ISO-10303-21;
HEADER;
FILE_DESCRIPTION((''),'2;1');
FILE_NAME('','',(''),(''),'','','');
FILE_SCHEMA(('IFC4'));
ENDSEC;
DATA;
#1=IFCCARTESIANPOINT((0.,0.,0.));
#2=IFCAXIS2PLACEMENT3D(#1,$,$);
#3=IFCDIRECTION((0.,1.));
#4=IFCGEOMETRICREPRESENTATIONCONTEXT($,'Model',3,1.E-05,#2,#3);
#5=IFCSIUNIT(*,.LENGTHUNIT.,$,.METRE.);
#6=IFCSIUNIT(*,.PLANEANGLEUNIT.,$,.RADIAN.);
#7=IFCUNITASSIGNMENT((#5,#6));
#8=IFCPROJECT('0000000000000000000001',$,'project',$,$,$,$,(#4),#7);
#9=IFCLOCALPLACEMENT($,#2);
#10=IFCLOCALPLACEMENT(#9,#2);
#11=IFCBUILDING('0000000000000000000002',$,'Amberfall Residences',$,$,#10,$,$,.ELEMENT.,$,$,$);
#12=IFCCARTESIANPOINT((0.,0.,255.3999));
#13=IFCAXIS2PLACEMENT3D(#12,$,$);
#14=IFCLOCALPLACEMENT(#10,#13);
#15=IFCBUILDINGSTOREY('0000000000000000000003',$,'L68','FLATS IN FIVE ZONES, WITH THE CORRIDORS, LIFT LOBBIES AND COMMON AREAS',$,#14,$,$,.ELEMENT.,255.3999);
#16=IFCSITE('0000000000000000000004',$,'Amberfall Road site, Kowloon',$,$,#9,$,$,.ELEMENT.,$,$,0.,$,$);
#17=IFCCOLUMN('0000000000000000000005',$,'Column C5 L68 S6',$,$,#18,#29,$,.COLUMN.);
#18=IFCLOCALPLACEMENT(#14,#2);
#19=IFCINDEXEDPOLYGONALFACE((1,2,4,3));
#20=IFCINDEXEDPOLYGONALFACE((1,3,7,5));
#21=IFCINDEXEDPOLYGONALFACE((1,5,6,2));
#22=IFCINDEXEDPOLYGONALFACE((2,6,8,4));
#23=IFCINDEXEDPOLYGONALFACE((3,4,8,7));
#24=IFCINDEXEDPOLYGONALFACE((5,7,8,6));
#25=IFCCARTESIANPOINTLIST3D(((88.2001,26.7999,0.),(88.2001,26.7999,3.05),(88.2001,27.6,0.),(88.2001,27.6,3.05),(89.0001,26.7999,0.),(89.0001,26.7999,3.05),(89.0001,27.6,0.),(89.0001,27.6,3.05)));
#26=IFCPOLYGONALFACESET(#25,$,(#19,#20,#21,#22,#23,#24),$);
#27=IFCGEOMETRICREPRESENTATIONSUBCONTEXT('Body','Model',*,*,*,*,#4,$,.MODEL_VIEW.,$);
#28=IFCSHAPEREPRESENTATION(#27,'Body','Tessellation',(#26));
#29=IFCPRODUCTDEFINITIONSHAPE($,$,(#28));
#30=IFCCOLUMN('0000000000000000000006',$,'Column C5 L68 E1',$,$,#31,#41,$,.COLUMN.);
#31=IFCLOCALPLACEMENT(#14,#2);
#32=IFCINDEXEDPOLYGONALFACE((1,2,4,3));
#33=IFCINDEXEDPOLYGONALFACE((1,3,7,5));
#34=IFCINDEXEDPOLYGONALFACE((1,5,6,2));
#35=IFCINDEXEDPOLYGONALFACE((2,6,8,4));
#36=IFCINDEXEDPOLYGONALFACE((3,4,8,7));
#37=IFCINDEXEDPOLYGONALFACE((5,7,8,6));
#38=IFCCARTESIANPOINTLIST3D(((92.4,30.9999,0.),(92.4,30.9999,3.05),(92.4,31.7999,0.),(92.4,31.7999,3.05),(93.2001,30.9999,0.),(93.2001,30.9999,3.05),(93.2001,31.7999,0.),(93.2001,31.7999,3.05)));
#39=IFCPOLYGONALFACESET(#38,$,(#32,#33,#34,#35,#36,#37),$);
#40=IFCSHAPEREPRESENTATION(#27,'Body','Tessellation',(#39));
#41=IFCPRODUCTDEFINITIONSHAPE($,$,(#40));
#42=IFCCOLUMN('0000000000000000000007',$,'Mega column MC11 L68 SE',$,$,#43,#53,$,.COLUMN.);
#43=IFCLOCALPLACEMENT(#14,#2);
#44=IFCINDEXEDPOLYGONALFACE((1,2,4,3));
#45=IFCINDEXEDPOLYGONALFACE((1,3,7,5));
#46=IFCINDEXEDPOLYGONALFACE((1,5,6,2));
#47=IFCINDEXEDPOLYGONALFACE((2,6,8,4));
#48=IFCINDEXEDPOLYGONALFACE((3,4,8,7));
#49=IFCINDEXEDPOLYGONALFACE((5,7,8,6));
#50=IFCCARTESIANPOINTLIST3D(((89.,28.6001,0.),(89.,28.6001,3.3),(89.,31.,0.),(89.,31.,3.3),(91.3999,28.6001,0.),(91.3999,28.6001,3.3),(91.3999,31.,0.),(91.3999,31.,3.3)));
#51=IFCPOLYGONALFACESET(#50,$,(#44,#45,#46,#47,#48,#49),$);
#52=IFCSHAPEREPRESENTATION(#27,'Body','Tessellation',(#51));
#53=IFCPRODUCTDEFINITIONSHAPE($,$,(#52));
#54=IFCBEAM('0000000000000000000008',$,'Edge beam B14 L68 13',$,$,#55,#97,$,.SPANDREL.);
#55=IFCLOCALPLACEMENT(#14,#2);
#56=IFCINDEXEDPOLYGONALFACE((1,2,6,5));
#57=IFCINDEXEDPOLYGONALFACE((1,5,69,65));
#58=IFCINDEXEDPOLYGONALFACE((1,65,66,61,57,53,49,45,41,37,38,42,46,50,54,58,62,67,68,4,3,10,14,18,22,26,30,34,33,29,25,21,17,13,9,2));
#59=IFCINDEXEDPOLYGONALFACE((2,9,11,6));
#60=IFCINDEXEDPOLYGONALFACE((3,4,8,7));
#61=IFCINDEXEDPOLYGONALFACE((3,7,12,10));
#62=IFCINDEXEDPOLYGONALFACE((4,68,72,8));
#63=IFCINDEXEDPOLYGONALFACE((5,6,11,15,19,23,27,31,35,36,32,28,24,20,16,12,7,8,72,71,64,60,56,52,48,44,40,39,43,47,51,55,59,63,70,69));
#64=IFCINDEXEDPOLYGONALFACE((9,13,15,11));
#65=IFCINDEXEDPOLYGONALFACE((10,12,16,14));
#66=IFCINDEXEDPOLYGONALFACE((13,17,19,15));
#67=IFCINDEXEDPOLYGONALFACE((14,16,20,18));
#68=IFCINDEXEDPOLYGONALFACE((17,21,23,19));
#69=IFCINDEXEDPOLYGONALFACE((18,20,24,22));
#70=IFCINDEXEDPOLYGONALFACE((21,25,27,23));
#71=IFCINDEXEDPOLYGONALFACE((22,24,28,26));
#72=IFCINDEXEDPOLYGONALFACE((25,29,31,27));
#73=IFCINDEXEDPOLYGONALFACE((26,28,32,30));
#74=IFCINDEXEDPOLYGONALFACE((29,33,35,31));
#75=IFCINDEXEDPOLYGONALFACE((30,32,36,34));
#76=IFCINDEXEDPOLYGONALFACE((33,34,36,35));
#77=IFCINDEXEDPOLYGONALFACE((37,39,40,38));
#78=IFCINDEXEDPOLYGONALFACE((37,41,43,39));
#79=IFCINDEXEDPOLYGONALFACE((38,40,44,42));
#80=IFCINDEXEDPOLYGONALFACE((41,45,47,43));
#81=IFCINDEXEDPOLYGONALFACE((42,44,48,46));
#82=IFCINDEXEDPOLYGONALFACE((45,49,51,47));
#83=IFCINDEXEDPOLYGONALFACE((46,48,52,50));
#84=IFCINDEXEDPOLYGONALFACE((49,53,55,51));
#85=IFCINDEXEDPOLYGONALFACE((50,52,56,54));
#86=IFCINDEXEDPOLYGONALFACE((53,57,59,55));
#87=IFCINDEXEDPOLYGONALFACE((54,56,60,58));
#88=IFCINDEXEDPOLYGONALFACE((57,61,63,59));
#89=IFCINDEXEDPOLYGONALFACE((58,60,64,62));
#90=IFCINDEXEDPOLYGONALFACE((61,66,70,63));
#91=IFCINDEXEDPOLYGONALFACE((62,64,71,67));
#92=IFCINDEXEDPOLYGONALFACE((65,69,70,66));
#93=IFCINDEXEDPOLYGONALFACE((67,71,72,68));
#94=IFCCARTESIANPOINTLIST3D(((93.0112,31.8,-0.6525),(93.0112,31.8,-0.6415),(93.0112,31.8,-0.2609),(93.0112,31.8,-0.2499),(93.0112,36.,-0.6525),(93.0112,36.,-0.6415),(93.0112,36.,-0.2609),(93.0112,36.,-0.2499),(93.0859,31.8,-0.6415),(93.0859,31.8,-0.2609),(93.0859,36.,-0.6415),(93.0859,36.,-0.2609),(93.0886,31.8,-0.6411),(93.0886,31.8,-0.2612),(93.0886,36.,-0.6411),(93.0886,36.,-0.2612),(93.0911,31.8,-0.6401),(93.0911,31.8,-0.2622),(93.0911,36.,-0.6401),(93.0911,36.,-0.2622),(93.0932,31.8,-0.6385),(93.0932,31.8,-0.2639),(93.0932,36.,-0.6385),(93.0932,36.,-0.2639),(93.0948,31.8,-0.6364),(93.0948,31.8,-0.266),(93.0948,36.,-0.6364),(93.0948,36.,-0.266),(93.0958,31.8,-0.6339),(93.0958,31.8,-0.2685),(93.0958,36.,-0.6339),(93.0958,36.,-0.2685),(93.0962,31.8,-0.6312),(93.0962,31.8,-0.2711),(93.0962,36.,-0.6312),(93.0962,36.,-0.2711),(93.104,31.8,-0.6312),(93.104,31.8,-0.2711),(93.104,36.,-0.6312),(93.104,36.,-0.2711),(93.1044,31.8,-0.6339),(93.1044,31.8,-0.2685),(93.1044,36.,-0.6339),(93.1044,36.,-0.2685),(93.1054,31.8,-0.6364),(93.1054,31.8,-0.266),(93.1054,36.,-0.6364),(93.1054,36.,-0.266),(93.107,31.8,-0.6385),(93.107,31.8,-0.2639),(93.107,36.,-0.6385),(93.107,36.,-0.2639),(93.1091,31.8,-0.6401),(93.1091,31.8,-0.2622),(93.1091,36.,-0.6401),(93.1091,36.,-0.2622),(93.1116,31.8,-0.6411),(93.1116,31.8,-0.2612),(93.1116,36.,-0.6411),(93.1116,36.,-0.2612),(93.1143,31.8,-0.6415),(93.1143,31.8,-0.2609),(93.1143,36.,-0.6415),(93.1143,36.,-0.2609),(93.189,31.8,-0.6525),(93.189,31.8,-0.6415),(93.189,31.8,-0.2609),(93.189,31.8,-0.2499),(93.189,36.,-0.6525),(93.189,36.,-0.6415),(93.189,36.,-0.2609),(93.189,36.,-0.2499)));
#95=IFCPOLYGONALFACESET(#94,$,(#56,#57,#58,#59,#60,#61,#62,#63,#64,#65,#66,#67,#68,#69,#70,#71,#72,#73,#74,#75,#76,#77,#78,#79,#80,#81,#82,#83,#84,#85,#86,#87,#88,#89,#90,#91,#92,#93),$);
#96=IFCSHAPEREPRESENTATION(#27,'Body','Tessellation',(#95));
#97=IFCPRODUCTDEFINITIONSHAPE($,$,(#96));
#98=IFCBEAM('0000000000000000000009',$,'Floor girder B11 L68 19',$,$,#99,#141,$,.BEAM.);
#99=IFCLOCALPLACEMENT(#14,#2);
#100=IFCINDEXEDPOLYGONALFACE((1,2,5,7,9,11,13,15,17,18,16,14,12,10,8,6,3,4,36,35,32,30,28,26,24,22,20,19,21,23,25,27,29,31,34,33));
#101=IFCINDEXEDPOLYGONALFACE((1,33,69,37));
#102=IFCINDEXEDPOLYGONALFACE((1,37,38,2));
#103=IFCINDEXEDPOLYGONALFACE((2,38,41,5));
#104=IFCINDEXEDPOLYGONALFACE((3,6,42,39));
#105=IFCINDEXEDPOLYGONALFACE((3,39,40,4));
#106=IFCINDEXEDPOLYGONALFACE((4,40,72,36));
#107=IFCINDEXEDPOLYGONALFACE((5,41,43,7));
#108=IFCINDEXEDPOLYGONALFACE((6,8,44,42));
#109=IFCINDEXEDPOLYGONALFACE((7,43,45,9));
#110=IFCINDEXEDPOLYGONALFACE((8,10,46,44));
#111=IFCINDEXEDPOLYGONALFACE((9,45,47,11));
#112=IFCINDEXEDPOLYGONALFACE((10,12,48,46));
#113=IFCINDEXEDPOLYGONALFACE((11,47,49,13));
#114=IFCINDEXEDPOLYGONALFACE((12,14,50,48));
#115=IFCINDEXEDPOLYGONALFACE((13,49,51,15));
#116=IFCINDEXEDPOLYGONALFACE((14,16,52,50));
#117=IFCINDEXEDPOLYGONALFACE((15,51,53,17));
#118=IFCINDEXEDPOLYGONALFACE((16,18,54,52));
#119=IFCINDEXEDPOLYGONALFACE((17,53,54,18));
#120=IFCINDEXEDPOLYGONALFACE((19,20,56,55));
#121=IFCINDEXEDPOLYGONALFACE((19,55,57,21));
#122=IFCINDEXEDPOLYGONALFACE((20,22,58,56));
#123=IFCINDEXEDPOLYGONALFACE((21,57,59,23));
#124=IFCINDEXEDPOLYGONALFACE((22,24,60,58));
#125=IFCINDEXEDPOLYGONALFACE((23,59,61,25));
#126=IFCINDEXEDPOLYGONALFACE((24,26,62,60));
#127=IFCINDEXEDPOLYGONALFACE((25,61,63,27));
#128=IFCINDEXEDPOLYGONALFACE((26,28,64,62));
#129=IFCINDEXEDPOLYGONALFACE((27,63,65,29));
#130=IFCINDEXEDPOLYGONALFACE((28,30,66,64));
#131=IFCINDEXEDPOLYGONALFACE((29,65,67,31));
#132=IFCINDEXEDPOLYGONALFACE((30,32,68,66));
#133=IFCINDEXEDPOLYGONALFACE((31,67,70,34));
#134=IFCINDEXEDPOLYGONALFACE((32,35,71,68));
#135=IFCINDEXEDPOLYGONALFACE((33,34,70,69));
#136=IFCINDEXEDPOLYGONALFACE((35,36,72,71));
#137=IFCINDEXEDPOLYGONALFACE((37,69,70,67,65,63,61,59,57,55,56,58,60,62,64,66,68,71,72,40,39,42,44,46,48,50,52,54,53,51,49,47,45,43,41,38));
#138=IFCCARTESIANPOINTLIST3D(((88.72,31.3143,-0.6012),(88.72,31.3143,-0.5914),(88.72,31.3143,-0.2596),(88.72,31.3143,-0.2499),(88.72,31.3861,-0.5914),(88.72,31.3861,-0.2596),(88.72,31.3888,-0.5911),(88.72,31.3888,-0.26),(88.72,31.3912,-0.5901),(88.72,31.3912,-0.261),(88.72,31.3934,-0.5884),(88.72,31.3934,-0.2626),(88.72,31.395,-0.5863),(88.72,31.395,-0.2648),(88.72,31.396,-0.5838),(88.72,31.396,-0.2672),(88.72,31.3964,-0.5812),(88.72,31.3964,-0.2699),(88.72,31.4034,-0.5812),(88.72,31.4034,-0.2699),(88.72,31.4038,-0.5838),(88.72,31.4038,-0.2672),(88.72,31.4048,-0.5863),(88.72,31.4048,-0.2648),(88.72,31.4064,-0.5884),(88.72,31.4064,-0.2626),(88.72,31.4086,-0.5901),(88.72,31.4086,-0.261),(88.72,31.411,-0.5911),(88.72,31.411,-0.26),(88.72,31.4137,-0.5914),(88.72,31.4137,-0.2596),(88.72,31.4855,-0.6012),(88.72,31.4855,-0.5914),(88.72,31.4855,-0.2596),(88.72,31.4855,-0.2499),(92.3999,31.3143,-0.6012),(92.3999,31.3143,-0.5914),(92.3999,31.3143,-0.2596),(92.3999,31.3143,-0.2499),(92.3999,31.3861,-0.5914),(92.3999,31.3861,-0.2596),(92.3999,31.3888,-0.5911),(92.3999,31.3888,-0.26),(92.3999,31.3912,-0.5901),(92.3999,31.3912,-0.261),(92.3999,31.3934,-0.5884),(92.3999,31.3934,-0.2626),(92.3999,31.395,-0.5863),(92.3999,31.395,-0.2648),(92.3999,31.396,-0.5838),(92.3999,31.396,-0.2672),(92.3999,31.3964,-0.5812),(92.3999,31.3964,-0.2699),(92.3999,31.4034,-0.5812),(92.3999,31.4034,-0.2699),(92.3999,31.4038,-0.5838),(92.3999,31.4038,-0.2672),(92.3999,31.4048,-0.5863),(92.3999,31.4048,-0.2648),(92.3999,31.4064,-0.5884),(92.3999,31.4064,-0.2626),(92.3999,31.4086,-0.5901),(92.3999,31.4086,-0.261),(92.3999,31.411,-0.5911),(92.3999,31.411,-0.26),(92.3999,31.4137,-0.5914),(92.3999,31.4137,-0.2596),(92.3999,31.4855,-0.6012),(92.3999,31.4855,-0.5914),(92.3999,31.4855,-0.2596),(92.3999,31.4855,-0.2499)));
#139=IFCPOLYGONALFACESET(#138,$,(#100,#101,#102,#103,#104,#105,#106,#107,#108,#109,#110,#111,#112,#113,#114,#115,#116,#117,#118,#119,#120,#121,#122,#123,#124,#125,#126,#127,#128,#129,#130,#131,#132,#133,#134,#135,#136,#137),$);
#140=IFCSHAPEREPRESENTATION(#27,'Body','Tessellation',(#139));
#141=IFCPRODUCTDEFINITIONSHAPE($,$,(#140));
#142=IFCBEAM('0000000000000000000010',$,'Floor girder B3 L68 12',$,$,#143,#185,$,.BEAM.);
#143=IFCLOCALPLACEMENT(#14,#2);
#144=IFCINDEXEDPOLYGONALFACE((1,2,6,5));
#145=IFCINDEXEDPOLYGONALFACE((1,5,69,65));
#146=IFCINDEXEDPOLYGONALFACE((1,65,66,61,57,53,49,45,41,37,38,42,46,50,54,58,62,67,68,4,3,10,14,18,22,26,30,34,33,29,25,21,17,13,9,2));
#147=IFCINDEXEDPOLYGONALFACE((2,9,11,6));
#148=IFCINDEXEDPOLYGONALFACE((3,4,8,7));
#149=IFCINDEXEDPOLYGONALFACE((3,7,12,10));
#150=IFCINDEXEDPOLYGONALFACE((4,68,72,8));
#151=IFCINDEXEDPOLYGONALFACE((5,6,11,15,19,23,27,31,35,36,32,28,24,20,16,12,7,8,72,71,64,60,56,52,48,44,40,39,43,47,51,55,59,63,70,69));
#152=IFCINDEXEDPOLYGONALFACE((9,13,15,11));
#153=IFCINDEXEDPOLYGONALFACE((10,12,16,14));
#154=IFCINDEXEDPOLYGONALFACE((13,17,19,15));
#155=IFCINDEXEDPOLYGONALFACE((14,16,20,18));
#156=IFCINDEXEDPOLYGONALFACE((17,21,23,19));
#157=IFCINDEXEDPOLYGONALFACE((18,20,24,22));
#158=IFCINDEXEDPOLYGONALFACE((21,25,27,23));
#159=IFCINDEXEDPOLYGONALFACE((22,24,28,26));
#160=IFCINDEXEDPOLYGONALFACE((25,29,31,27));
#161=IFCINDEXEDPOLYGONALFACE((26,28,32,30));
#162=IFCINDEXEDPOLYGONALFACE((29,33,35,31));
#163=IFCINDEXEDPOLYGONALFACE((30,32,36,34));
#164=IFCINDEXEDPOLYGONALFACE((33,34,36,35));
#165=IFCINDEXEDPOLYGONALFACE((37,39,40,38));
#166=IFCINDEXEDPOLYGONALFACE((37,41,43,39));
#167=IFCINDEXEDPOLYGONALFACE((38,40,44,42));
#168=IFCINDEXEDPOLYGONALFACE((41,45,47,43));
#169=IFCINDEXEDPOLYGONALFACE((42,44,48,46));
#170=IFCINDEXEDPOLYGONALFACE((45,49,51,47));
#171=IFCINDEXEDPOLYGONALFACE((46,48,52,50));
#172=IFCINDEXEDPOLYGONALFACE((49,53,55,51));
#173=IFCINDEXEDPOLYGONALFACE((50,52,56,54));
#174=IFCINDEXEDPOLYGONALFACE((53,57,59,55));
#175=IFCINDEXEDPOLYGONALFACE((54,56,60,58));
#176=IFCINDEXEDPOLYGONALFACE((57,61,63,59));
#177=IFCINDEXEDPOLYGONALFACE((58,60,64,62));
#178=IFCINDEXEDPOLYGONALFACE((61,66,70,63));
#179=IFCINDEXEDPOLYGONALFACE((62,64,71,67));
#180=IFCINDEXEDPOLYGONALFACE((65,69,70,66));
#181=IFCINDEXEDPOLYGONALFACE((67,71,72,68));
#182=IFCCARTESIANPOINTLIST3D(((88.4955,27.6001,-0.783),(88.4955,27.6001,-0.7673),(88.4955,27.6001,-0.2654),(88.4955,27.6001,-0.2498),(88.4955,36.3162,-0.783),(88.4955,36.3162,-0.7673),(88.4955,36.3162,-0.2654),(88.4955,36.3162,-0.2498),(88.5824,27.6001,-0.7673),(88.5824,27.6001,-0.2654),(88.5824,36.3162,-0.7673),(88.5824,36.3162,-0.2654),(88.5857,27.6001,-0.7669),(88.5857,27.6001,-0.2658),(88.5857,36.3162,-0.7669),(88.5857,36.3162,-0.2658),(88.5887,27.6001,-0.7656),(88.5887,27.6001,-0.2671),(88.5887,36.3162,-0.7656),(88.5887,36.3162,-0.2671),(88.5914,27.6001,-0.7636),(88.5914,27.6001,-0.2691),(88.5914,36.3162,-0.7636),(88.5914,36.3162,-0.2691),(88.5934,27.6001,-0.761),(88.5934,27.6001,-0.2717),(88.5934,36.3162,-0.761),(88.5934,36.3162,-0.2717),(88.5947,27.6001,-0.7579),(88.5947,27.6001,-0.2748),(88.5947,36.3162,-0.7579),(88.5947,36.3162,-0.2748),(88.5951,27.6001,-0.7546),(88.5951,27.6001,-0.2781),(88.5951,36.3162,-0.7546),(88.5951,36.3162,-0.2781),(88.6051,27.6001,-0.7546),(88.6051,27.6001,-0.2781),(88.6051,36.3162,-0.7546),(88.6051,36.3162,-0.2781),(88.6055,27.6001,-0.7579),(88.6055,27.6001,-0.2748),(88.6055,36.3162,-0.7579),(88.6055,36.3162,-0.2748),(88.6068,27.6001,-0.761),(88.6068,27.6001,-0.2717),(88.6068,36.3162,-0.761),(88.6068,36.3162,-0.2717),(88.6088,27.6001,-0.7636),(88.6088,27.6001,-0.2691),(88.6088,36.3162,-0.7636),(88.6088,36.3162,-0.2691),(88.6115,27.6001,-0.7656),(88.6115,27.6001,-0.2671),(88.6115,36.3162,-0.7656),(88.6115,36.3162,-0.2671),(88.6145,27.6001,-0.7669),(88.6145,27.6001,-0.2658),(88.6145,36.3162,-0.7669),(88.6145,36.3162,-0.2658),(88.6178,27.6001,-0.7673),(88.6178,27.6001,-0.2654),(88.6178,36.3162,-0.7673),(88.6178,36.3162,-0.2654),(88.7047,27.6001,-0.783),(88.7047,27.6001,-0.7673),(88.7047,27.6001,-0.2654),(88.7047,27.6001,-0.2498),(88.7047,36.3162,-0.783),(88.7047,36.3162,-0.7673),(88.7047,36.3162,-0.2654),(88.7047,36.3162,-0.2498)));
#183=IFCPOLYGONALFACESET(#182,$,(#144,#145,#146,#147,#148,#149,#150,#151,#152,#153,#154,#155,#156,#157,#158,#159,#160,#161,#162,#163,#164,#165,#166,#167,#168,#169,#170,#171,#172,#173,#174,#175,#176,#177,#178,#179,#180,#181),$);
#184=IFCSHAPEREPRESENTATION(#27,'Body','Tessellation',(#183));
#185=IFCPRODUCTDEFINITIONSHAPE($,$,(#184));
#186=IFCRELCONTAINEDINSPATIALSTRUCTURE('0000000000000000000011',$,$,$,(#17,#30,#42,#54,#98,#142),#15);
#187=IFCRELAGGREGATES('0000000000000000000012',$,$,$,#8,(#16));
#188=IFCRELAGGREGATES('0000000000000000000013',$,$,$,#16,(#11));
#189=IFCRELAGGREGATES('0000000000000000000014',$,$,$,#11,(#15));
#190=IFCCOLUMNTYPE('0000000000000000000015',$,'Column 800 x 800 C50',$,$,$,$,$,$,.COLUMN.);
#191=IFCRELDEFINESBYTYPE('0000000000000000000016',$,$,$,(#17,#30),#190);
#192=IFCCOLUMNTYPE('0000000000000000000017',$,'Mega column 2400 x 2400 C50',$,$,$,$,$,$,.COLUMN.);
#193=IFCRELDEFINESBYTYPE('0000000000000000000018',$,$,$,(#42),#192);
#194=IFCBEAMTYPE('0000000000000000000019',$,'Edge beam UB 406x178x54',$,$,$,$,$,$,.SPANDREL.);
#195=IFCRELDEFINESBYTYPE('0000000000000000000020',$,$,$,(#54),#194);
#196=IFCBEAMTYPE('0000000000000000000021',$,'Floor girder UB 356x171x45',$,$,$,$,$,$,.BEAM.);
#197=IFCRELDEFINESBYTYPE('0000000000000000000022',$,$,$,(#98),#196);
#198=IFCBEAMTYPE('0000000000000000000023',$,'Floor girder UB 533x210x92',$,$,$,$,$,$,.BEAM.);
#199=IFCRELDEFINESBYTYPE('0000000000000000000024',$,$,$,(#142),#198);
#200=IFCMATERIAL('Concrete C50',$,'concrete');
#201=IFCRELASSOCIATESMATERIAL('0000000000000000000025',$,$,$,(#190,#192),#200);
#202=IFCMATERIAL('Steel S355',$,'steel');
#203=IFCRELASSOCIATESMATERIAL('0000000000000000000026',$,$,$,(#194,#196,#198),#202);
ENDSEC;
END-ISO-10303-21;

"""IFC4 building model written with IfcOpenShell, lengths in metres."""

from ifc_helpers import new_model, si_unit, direction, frame, origin, origin_2d, place, context, subcontext, project, spatial, rectangle, i_section, extrude, material, material_profile, profile_set, type_object, element, save


model = new_model("IFC4")

# Units and contexts
model_context = context("Model", 3, precision=1e-05, world=origin(), true_north=direction((0.0, 1.0)))
body_context = subcontext(model_context, "Body", "Model", "MODEL_VIEW")
ifc_project = project(units=[si_unit("LENGTHUNIT", "METRE"), si_unit("PLANEANGLEUNIT", "RADIAN")], contexts=[model_context])

# Site, building, storey
site_placement = place(None, origin())
site = spatial("IfcSite", under=ifc_project, at=site_placement, Name="Amberfall Road site, Kowloon", CompositionType="ELEMENT", RefElevation=0.0)
building_placement = place(site_placement, origin())
building = spatial("IfcBuilding", under=site, at=building_placement, Name="Amberfall Residences", CompositionType="ELEMENT")
storey_placement = place(building_placement, frame((0.0, 0.0, 255.3999)))
storey = spatial("IfcBuildingStorey", under=building, at=storey_placement, Name="L68", Description="FLATS IN FIVE ZONES, WITH THE CORRIDORS, LIFT LOBBIES AND COMMON AREAS", CompositionType="ELEMENT", Elevation=255.3999)

# Columns
ifc_material_1 = material(Name="Concrete C50", Category="concrete")
ifc_material_profile_1 = material_profile(ifc_material_1, rectangle(XDim=0.8, YDim=0.8, at=origin_2d()), Name="Column 800 x 800 C50")
ifc_profile_set_1 = profile_set([ifc_material_profile_1], Name="Concrete C50")
column_type_1 = type_object("IfcColumnType", Name="Column 800 x 800 C50", PredefinedType="COLUMN", material=ifc_profile_set_1)
for number, where, z_axis, x_axis, name in (
    (1, (88.6001, 27.2, 0.0), (0.0, 0.0, 1.0), (1.0, 0.0, 0.0), "Column C5 L68 S6"),
    (2, (92.8, 31.3999, 0.0), (0.0, 0.0, 1.0), (1.0, 0.0, 0.0), "Column C5 L68 E1"),
):
    element("IfcColumn", number, at=place(storey_placement, frame(where, z_axis=z_axis, x_axis=x_axis)), inside=storey, type_object=column_type_1, Name=name, PredefinedType="COLUMN", context=body_context, shape_type="SweptSolid", body=[
        extrude(rectangle(XDim=0.8, YDim=0.8, at=origin_2d()), origin(), (0.0, 0.0, 1.0), 3.05),
    ])
ifc_material_profile_2 = material_profile(ifc_material_1, rectangle(XDim=2.3999, YDim=2.3999, at=origin_2d()), Name="Mega column 2400 x 2400 C50")
ifc_profile_set_2 = profile_set([ifc_material_profile_2], Name="Concrete C50")
column_type_2 = type_object("IfcColumnType", Name="Mega column 2400 x 2400 C50", PredefinedType="COLUMN", material=ifc_profile_set_2)
column_placement = place(storey_placement, frame((90.2, 29.8, 0.0), z_axis=(0.0, 0.0, 1.0), x_axis=(1.0, 0.0, 0.0)))
element("IfcColumn", 3, at=column_placement, inside=storey, type_object=column_type_2, Name="Mega column MC11 L68 SE", PredefinedType="COLUMN", context=body_context, shape_type="SweptSolid", body=[
    extrude(rectangle(XDim=2.3999, YDim=2.3999, at=origin_2d()), origin(), (0.0, 0.0, 1.0), 3.3),
])

# Beams
ifc_material_2 = material(Name="Steel S355", Category="steel")
ifc_material_profile_3 = material_profile(ifc_material_2, i_section(OverallWidth=0.1777, OverallDepth=0.4026, WebThickness=0.0078, FlangeThickness=0.011, FilletRadius=0.0103, at=origin_2d()), Name="UB 406x178x54")
ifc_profile_set_3 = profile_set([ifc_material_profile_3], Name="Steel S355")
beam_type_1 = type_object("IfcBeamType", Name="Edge beam UB 406x178x54", PredefinedType="SPANDREL", material=ifc_profile_set_3)
beam_1_placement = place(storey_placement, frame((93.1001, 31.8, -0.4512), z_axis=(0.0, 1.0, 0.0), x_axis=(-1.0, 0.0, 0.0)))
element("IfcBeam", 4, at=beam_1_placement, inside=storey, type_object=beam_type_1, Name="Edge beam B14 L68 13", PredefinedType="SPANDREL", context=body_context, shape_type="SweptSolid", body=[
    extrude(i_section(OverallWidth=0.1777, OverallDepth=0.4026, WebThickness=0.0078, FlangeThickness=0.011, FilletRadius=0.0103, at=origin_2d()), origin(), (0.0, 0.0, 1.0), 4.2),
])
ifc_material_profile_4 = material_profile(ifc_material_2, i_section(OverallWidth=0.1711, OverallDepth=0.3513, WebThickness=0.0071, FlangeThickness=0.0098, FilletRadius=0.0103, at=origin_2d()), Name="UB 356x171x45")
ifc_profile_set_4 = profile_set([ifc_material_profile_4], Name="Steel S355")
beam_type_2 = type_object("IfcBeamType", Name="Floor girder UB 356x171x45", PredefinedType="BEAM", material=ifc_profile_set_4)
beam_2_placement = place(storey_placement, frame((92.3999, 31.3999, -0.4255), z_axis=(-1.0, 0.0, 0.0), x_axis=(0.0, -1.0, 0.0)))
element("IfcBeam", 5, at=beam_2_placement, inside=storey, type_object=beam_type_2, Name="Floor girder B11 L68 19", PredefinedType="BEAM", context=body_context, shape_type="SweptSolid", body=[
    extrude(i_section(OverallWidth=0.1711, OverallDepth=0.3513, WebThickness=0.0071, FlangeThickness=0.0098, FilletRadius=0.0103, at=origin_2d()), origin(), (0.0, 0.0, 1.0), 3.6799),
])
ifc_material_profile_5 = material_profile(ifc_material_2, i_section(OverallWidth=0.2092, OverallDepth=0.5332, WebThickness=0.01, FlangeThickness=0.0156, FilletRadius=0.0127, at=origin_2d()), Name="UB 533x210x92")
ifc_profile_set_5 = profile_set([ifc_material_profile_5], Name="Steel S355")
beam_type_3 = type_object("IfcBeamType", Name="Floor girder UB 533x210x92", PredefinedType="BEAM", material=ifc_profile_set_5)
beam_3_placement = place(storey_placement, frame((88.6001, 27.6001, -0.5164), z_axis=(0.0, 1.0, 0.0), x_axis=(-1.0, 0.0, 0.0)))
element("IfcBeam", 6, at=beam_3_placement, inside=storey, type_object=beam_type_3, Name="Floor girder B3 L68 12", PredefinedType="BEAM", context=body_context, shape_type="SweptSolid", body=[
    extrude(i_section(OverallWidth=0.2092, OverallDepth=0.5332, WebThickness=0.01, FlangeThickness=0.0156, FilletRadius=0.0127, at=origin_2d()), origin(), (0.0, 0.0, 1.0), 8.7161),
])

save(model, "model.ifc")
